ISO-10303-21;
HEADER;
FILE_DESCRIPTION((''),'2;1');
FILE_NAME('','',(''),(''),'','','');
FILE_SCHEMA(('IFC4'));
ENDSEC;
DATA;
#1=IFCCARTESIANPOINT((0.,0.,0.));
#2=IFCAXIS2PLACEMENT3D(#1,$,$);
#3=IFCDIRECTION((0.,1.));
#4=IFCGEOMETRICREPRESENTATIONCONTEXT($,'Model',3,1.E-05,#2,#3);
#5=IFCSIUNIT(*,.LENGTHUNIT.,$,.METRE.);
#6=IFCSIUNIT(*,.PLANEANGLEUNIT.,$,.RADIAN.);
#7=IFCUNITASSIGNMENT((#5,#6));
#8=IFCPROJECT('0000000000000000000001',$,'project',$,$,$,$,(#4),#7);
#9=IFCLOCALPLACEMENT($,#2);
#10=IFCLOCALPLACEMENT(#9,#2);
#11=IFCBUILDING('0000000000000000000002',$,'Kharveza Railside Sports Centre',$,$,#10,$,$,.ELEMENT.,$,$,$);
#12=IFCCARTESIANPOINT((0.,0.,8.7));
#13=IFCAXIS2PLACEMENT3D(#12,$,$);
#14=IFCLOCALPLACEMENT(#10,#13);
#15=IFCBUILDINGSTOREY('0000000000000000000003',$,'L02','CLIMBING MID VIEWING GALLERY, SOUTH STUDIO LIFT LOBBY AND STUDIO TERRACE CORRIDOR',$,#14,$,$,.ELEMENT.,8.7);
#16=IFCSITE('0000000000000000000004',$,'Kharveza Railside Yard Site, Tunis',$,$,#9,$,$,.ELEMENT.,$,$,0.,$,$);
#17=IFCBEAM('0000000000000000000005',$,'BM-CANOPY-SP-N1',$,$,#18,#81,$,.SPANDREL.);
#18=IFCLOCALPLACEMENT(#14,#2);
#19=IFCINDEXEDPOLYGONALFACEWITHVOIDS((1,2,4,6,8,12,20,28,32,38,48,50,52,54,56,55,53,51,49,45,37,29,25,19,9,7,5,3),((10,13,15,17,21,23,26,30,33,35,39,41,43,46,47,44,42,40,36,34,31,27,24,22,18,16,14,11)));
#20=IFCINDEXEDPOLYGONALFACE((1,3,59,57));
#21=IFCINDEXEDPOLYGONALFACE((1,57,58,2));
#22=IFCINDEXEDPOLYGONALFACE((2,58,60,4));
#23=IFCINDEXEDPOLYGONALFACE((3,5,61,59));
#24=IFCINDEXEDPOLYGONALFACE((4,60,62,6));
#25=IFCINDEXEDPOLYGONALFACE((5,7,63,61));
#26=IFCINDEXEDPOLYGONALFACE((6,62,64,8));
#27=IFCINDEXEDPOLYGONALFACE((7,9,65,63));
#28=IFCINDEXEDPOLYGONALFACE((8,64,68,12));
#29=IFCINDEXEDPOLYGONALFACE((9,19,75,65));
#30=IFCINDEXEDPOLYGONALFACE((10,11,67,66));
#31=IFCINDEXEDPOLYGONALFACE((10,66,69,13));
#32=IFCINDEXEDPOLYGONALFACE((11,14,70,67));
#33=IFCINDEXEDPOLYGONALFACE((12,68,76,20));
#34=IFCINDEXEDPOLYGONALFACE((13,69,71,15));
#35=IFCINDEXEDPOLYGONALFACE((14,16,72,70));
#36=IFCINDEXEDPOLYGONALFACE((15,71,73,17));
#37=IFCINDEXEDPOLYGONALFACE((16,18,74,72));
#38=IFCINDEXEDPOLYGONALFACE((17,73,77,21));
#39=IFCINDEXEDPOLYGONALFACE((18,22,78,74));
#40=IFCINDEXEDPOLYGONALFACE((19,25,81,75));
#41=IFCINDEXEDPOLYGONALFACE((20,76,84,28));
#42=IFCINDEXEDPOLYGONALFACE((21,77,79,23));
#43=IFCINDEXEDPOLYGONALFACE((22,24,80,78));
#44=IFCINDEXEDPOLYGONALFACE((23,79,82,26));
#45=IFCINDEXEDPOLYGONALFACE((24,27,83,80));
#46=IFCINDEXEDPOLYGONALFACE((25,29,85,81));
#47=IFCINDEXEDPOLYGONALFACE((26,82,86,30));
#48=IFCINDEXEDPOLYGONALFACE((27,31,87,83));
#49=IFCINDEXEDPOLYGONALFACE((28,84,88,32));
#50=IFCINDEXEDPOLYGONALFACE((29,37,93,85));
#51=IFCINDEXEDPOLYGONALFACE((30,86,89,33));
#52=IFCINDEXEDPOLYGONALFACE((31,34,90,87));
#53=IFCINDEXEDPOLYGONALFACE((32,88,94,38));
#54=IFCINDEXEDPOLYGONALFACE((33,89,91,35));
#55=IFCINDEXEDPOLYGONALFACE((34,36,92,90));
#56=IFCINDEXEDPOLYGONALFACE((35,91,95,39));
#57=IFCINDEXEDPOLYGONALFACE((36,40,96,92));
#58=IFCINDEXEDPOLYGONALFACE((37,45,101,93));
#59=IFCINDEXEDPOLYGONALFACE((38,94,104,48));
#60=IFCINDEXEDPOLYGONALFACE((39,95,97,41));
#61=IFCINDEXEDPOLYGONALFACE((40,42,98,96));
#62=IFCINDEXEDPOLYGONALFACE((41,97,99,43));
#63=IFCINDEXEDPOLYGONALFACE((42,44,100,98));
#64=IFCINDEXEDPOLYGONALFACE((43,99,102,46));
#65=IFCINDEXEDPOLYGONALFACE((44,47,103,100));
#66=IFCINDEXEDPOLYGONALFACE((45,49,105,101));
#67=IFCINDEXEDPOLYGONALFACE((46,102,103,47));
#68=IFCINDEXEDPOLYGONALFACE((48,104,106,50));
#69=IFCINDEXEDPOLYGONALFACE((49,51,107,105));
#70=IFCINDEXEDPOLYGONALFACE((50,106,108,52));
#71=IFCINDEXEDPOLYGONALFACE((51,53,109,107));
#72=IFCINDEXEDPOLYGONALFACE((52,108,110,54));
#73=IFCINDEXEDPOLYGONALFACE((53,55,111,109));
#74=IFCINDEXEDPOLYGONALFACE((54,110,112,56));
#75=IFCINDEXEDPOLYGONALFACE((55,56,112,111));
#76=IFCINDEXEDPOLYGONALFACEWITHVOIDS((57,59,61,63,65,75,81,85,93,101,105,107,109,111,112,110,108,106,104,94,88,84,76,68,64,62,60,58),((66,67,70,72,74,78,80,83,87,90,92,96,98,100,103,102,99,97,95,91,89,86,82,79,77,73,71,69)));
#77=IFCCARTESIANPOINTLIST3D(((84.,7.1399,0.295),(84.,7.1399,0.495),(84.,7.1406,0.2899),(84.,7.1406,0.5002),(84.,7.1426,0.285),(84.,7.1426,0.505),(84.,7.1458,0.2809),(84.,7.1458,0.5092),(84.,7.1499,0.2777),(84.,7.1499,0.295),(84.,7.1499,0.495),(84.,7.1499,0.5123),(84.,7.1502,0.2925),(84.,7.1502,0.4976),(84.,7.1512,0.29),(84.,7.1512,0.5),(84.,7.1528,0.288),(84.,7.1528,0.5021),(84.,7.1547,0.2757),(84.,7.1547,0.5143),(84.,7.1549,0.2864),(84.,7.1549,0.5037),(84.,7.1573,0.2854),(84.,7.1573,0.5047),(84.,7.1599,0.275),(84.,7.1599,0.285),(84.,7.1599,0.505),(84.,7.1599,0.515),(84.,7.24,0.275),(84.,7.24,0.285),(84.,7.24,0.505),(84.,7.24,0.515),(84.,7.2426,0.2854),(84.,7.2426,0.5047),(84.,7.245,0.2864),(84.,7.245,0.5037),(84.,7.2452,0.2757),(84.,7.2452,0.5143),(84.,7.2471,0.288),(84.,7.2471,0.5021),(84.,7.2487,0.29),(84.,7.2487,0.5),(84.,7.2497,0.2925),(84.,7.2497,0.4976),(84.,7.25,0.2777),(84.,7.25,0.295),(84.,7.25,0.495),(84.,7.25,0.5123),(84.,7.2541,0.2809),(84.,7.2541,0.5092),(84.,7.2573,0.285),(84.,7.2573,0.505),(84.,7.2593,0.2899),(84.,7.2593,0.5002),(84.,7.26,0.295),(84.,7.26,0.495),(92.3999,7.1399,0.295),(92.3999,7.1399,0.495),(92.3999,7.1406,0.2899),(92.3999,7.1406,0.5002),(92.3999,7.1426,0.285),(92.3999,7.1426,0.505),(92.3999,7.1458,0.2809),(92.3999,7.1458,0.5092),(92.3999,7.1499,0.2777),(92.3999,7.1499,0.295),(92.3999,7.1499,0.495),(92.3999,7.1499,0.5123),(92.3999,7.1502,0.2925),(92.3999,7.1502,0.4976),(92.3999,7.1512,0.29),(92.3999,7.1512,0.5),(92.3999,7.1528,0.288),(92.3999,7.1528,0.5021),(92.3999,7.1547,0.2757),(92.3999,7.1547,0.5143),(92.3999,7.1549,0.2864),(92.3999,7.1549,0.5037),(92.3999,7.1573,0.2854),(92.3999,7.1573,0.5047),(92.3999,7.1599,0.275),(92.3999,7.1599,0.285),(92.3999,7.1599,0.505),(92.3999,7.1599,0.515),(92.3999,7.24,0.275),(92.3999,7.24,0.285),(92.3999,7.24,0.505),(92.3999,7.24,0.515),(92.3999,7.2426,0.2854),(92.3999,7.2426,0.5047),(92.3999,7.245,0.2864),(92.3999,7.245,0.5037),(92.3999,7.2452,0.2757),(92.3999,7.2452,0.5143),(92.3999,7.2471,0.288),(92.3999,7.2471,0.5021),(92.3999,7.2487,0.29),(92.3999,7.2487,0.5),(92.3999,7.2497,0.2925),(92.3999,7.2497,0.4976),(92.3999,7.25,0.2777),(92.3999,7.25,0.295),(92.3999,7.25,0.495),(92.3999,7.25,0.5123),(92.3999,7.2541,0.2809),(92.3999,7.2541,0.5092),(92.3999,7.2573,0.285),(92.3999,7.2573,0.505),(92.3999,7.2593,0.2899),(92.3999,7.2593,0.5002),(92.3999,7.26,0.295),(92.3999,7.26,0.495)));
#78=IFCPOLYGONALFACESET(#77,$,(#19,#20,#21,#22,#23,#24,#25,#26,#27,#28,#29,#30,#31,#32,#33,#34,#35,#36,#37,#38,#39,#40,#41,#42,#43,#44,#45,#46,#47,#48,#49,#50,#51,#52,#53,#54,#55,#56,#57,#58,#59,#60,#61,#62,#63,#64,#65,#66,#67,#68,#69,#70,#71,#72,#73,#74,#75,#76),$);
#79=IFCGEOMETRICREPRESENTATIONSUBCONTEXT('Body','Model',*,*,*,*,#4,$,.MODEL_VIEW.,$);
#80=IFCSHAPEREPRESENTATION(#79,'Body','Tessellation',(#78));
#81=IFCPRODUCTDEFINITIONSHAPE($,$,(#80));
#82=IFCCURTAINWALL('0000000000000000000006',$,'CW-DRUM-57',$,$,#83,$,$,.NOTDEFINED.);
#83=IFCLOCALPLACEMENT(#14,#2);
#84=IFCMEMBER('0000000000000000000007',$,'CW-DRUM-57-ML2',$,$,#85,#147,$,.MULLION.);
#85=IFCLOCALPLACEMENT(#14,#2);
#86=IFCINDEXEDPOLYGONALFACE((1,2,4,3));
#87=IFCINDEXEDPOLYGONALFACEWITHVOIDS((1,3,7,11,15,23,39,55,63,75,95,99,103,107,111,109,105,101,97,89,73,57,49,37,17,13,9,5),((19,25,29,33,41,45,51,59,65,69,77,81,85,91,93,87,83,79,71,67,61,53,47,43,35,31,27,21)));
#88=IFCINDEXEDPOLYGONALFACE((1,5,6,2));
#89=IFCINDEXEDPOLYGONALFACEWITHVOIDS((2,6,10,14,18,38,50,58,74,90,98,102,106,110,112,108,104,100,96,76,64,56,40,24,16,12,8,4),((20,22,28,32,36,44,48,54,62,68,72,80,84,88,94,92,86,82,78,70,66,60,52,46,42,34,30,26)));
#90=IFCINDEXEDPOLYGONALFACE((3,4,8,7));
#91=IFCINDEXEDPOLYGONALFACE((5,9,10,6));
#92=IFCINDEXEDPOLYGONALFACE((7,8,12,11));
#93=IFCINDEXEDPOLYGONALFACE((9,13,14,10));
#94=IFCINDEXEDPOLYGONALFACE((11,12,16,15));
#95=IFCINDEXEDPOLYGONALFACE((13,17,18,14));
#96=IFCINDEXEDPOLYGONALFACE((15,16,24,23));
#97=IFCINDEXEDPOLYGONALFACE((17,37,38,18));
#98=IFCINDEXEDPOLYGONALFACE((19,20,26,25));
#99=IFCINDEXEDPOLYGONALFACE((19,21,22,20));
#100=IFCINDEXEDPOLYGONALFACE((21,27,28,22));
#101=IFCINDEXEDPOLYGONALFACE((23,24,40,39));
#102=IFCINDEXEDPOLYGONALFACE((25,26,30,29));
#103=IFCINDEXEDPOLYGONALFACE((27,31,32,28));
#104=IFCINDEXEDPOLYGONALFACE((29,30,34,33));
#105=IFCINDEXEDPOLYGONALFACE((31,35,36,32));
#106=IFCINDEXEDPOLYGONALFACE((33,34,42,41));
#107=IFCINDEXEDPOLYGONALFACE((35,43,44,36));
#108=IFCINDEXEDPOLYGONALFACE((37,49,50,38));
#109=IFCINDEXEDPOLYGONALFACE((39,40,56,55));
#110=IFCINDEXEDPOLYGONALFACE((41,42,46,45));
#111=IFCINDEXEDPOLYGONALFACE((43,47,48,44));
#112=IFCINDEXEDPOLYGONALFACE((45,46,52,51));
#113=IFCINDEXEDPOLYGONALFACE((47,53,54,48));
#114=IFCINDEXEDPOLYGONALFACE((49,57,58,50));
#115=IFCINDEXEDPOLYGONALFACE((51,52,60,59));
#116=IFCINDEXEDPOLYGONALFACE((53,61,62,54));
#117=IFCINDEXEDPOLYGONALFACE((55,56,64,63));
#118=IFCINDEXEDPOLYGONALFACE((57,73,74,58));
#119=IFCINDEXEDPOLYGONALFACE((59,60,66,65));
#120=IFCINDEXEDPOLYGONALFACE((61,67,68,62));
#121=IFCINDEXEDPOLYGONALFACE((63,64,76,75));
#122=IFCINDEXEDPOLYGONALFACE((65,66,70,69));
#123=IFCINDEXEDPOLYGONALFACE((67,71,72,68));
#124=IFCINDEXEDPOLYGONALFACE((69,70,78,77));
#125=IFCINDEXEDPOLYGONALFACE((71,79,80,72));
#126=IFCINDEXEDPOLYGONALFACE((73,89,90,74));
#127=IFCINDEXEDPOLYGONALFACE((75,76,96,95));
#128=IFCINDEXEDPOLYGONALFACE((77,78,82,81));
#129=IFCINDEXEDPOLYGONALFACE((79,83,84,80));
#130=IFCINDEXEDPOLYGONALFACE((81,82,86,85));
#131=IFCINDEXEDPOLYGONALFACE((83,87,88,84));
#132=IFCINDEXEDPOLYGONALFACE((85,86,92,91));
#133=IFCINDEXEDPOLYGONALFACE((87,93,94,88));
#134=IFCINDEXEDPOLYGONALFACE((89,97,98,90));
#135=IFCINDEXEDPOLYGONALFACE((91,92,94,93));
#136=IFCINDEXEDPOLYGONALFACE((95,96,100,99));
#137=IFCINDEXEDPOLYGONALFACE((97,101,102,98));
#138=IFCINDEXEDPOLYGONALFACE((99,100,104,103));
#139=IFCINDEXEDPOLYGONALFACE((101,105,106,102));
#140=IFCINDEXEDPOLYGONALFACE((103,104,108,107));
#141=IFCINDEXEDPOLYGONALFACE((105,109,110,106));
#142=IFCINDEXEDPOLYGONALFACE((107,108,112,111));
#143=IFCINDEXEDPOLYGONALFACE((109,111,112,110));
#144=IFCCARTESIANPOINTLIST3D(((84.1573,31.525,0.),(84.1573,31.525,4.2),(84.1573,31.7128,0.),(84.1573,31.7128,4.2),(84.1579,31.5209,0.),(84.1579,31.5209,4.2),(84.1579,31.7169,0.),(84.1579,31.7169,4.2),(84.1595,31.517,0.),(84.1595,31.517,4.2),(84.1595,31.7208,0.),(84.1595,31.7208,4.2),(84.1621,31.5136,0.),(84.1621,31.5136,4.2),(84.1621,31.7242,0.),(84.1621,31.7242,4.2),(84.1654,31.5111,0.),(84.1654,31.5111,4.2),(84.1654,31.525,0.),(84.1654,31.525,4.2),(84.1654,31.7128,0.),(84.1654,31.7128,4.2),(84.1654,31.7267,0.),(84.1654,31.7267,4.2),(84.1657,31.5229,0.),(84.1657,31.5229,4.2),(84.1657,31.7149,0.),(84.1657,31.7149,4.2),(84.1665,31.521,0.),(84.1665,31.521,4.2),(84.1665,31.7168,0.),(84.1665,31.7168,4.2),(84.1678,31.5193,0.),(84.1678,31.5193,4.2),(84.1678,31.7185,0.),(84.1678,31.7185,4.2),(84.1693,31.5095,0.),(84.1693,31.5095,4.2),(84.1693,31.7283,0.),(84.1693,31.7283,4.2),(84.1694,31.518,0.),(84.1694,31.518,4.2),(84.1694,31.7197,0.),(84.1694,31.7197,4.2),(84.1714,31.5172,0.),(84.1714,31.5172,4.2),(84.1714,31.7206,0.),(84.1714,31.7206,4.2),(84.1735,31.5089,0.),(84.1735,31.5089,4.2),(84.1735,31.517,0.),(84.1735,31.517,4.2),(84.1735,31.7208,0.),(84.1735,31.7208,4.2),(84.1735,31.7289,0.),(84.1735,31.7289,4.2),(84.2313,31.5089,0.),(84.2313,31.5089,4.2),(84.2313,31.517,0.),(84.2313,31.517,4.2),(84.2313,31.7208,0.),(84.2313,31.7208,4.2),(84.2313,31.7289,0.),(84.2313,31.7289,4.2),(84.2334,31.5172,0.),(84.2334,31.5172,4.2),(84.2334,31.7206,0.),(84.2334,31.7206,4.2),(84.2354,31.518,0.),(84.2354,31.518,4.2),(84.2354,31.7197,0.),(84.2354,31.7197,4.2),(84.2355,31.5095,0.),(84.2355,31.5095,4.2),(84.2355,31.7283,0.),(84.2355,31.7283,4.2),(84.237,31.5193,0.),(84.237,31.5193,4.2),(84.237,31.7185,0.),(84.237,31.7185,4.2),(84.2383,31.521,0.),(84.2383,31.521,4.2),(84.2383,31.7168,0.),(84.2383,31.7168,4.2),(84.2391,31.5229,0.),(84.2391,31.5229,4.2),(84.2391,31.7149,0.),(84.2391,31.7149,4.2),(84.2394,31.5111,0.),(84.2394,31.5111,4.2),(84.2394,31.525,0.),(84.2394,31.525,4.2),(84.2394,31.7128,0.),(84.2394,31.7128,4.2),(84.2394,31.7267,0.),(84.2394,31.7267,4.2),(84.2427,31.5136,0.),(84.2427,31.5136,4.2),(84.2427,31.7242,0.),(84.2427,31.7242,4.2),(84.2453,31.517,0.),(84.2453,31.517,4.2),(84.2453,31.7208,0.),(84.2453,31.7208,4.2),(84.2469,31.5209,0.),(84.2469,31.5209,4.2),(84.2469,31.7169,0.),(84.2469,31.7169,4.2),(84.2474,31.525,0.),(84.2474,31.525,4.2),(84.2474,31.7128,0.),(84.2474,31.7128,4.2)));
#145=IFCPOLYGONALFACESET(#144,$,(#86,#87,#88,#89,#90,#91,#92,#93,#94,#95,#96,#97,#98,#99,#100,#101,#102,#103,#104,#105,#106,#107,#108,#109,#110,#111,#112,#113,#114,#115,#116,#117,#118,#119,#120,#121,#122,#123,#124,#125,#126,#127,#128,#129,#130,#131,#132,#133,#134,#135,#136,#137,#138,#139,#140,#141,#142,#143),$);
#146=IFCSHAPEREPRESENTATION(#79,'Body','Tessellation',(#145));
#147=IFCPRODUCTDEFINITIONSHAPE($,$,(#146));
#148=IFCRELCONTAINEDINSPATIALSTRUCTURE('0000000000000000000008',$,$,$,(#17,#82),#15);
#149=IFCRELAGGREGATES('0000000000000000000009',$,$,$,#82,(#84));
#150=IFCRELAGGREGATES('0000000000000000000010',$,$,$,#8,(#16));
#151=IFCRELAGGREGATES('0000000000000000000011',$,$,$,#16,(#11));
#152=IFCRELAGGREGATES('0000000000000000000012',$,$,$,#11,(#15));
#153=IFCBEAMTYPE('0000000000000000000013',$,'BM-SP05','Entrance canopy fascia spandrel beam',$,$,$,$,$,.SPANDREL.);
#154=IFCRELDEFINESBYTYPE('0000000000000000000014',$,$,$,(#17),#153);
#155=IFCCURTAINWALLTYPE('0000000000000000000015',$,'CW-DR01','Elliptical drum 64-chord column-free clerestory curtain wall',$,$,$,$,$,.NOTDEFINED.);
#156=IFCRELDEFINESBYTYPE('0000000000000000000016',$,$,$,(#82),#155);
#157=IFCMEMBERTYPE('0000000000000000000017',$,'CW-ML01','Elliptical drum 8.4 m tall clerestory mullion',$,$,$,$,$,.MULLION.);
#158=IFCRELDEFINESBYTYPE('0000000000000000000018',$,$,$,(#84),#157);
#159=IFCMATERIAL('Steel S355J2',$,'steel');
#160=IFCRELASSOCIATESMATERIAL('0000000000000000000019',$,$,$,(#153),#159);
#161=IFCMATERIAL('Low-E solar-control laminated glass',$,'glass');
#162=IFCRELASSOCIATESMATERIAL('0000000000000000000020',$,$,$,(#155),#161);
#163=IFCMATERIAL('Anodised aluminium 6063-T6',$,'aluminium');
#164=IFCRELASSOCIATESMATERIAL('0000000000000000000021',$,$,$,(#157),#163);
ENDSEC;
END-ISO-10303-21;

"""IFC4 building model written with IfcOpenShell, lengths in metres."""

from ifc_helpers import new_model, si_unit, direction, frame, origin, origin_2d, place, context, subcontext, project, spatial, hollow_rectangle, extrude, material, material_profile, profile_set, type_object, element, aggregate, save


model = new_model("IFC4")

# Units and contexts
model_context = context("Model", 3, precision=1e-05, world=origin(), true_north=direction((0.0, 1.0)))
body_context = subcontext(model_context, "Body", "Model", "MODEL_VIEW")
ifc_project = project(units=[si_unit("LENGTHUNIT", "METRE"), si_unit("PLANEANGLEUNIT", "RADIAN")], contexts=[model_context])

# Site, building, storey
site_placement = place(None, origin())
site = spatial("IfcSite", under=ifc_project, at=site_placement, Name="Kharveza Railside Yard Site, Tunis", CompositionType="ELEMENT", RefElevation=0.0)
building_placement = place(site_placement, origin())
building = spatial("IfcBuilding", under=site, at=building_placement, Name="Kharveza Railside Sports Centre", CompositionType="ELEMENT")
storey_placement = place(building_placement, frame((0.0, 0.0, 8.7)))
storey = spatial("IfcBuildingStorey", under=building, at=storey_placement, Name="L02", Description="CLIMBING MID VIEWING GALLERY, SOUTH STUDIO LIFT LOBBY AND STUDIO TERRACE CORRIDOR", CompositionType="ELEMENT", Elevation=8.7)

# Shared definitions
ifc_material_1 = material(Name="Steel S355J2", Category="steel")

# Beam
ifc_material_profile_1 = material_profile(ifc_material_1, hollow_rectangle(XDim=0.1201, YDim=0.24, WallThickness=0.01, InnerFilletRadius=0.01, OuterFilletRadius=0.02, at=origin_2d()), Name="RHS 120x240x10.0")
ifc_profile_set_1 = profile_set([ifc_material_profile_1], Name="Steel S355J2")
beam_type_1 = type_object("IfcBeamType", Name="BM-SP05", Description="Entrance canopy fascia spandrel beam", PredefinedType="SPANDREL", material=ifc_profile_set_1)
for number, where, z_axis, x_axis, name in (
    (1, (84.0, 7.2, 0.395), (1.0, 0.0, 0.0), (0.0, 1.0, 0.0), "BM-CANOPY-SP-N1"),
):
    element("IfcBeam", number, at=place(storey_placement, frame(where, z_axis=z_axis, x_axis=x_axis)), inside=storey, type_object=beam_type_1, Name=name, PredefinedType="SPANDREL", context=body_context, shape_type="SweptSolid", body=[
        extrude(hollow_rectangle(XDim=0.1201, YDim=0.24, WallThickness=0.01, InnerFilletRadius=0.01, OuterFilletRadius=0.02, at=origin_2d()), origin(), (0.0, 0.0, 1.0), 8.3999),
    ])

# Curtain wall, member
ifc_material_2 = material(Name="Low-E solar-control laminated glass", Category="glass")
curtain_wall_type = type_object("IfcCurtainWallType", Name="CW-DR01", Description="Elliptical drum 64-chord column-free clerestory curtain wall", PredefinedType="NOTDEFINED", material=ifc_material_2)
curtain_wall_1_placement = place(storey_placement, origin())
curtain_wall_1 = element("IfcCurtainWall", 2, at=curtain_wall_1_placement, inside=storey, type_object=curtain_wall_type, Name="CW-DRUM-57", PredefinedType="NOTDEFINED")
ifc_material_3 = material(Name="Anodised aluminium 6063-T6", Category="aluminium")
ifc_material_profile_2 = material_profile(ifc_material_3, hollow_rectangle(XDim=0.0901, YDim=0.22, WallThickness=0.0081, InnerFilletRadius=0.0081, OuterFilletRadius=0.0161, at=origin_2d()), Name="RHS 90x220x8.0")
ifc_profile_set_2 = profile_set([ifc_material_profile_2], Name="Anodised aluminium 6063-T6")
member_type_1 = type_object("IfcMemberType", Name="CW-ML01", Description="Elliptical drum 8.4 m tall clerestory mullion", PredefinedType="MULLION", material=ifc_profile_set_2)
member_1_placement = place(storey_placement, frame((84.2024, 31.6189, 0.0), z_axis=(0.0, 0.0, 1.0), x_axis=(1.0, 0.0, 0.0)))
member_1 = element("IfcMember", 3, at=member_1_placement, type_object=member_type_1, Name="CW-DRUM-57-ML2", PredefinedType="MULLION", context=body_context, shape_type="SweptSolid", body=[
    extrude(hollow_rectangle(XDim=0.0901, YDim=0.22, WallThickness=0.0081, InnerFilletRadius=0.0081, OuterFilletRadius=0.0161, at=origin_2d()), origin(), (0.0, 0.0, 1.0), 4.2),
])

aggregate(curtain_wall_1, [member_1])

save(model, "model.ifc")
